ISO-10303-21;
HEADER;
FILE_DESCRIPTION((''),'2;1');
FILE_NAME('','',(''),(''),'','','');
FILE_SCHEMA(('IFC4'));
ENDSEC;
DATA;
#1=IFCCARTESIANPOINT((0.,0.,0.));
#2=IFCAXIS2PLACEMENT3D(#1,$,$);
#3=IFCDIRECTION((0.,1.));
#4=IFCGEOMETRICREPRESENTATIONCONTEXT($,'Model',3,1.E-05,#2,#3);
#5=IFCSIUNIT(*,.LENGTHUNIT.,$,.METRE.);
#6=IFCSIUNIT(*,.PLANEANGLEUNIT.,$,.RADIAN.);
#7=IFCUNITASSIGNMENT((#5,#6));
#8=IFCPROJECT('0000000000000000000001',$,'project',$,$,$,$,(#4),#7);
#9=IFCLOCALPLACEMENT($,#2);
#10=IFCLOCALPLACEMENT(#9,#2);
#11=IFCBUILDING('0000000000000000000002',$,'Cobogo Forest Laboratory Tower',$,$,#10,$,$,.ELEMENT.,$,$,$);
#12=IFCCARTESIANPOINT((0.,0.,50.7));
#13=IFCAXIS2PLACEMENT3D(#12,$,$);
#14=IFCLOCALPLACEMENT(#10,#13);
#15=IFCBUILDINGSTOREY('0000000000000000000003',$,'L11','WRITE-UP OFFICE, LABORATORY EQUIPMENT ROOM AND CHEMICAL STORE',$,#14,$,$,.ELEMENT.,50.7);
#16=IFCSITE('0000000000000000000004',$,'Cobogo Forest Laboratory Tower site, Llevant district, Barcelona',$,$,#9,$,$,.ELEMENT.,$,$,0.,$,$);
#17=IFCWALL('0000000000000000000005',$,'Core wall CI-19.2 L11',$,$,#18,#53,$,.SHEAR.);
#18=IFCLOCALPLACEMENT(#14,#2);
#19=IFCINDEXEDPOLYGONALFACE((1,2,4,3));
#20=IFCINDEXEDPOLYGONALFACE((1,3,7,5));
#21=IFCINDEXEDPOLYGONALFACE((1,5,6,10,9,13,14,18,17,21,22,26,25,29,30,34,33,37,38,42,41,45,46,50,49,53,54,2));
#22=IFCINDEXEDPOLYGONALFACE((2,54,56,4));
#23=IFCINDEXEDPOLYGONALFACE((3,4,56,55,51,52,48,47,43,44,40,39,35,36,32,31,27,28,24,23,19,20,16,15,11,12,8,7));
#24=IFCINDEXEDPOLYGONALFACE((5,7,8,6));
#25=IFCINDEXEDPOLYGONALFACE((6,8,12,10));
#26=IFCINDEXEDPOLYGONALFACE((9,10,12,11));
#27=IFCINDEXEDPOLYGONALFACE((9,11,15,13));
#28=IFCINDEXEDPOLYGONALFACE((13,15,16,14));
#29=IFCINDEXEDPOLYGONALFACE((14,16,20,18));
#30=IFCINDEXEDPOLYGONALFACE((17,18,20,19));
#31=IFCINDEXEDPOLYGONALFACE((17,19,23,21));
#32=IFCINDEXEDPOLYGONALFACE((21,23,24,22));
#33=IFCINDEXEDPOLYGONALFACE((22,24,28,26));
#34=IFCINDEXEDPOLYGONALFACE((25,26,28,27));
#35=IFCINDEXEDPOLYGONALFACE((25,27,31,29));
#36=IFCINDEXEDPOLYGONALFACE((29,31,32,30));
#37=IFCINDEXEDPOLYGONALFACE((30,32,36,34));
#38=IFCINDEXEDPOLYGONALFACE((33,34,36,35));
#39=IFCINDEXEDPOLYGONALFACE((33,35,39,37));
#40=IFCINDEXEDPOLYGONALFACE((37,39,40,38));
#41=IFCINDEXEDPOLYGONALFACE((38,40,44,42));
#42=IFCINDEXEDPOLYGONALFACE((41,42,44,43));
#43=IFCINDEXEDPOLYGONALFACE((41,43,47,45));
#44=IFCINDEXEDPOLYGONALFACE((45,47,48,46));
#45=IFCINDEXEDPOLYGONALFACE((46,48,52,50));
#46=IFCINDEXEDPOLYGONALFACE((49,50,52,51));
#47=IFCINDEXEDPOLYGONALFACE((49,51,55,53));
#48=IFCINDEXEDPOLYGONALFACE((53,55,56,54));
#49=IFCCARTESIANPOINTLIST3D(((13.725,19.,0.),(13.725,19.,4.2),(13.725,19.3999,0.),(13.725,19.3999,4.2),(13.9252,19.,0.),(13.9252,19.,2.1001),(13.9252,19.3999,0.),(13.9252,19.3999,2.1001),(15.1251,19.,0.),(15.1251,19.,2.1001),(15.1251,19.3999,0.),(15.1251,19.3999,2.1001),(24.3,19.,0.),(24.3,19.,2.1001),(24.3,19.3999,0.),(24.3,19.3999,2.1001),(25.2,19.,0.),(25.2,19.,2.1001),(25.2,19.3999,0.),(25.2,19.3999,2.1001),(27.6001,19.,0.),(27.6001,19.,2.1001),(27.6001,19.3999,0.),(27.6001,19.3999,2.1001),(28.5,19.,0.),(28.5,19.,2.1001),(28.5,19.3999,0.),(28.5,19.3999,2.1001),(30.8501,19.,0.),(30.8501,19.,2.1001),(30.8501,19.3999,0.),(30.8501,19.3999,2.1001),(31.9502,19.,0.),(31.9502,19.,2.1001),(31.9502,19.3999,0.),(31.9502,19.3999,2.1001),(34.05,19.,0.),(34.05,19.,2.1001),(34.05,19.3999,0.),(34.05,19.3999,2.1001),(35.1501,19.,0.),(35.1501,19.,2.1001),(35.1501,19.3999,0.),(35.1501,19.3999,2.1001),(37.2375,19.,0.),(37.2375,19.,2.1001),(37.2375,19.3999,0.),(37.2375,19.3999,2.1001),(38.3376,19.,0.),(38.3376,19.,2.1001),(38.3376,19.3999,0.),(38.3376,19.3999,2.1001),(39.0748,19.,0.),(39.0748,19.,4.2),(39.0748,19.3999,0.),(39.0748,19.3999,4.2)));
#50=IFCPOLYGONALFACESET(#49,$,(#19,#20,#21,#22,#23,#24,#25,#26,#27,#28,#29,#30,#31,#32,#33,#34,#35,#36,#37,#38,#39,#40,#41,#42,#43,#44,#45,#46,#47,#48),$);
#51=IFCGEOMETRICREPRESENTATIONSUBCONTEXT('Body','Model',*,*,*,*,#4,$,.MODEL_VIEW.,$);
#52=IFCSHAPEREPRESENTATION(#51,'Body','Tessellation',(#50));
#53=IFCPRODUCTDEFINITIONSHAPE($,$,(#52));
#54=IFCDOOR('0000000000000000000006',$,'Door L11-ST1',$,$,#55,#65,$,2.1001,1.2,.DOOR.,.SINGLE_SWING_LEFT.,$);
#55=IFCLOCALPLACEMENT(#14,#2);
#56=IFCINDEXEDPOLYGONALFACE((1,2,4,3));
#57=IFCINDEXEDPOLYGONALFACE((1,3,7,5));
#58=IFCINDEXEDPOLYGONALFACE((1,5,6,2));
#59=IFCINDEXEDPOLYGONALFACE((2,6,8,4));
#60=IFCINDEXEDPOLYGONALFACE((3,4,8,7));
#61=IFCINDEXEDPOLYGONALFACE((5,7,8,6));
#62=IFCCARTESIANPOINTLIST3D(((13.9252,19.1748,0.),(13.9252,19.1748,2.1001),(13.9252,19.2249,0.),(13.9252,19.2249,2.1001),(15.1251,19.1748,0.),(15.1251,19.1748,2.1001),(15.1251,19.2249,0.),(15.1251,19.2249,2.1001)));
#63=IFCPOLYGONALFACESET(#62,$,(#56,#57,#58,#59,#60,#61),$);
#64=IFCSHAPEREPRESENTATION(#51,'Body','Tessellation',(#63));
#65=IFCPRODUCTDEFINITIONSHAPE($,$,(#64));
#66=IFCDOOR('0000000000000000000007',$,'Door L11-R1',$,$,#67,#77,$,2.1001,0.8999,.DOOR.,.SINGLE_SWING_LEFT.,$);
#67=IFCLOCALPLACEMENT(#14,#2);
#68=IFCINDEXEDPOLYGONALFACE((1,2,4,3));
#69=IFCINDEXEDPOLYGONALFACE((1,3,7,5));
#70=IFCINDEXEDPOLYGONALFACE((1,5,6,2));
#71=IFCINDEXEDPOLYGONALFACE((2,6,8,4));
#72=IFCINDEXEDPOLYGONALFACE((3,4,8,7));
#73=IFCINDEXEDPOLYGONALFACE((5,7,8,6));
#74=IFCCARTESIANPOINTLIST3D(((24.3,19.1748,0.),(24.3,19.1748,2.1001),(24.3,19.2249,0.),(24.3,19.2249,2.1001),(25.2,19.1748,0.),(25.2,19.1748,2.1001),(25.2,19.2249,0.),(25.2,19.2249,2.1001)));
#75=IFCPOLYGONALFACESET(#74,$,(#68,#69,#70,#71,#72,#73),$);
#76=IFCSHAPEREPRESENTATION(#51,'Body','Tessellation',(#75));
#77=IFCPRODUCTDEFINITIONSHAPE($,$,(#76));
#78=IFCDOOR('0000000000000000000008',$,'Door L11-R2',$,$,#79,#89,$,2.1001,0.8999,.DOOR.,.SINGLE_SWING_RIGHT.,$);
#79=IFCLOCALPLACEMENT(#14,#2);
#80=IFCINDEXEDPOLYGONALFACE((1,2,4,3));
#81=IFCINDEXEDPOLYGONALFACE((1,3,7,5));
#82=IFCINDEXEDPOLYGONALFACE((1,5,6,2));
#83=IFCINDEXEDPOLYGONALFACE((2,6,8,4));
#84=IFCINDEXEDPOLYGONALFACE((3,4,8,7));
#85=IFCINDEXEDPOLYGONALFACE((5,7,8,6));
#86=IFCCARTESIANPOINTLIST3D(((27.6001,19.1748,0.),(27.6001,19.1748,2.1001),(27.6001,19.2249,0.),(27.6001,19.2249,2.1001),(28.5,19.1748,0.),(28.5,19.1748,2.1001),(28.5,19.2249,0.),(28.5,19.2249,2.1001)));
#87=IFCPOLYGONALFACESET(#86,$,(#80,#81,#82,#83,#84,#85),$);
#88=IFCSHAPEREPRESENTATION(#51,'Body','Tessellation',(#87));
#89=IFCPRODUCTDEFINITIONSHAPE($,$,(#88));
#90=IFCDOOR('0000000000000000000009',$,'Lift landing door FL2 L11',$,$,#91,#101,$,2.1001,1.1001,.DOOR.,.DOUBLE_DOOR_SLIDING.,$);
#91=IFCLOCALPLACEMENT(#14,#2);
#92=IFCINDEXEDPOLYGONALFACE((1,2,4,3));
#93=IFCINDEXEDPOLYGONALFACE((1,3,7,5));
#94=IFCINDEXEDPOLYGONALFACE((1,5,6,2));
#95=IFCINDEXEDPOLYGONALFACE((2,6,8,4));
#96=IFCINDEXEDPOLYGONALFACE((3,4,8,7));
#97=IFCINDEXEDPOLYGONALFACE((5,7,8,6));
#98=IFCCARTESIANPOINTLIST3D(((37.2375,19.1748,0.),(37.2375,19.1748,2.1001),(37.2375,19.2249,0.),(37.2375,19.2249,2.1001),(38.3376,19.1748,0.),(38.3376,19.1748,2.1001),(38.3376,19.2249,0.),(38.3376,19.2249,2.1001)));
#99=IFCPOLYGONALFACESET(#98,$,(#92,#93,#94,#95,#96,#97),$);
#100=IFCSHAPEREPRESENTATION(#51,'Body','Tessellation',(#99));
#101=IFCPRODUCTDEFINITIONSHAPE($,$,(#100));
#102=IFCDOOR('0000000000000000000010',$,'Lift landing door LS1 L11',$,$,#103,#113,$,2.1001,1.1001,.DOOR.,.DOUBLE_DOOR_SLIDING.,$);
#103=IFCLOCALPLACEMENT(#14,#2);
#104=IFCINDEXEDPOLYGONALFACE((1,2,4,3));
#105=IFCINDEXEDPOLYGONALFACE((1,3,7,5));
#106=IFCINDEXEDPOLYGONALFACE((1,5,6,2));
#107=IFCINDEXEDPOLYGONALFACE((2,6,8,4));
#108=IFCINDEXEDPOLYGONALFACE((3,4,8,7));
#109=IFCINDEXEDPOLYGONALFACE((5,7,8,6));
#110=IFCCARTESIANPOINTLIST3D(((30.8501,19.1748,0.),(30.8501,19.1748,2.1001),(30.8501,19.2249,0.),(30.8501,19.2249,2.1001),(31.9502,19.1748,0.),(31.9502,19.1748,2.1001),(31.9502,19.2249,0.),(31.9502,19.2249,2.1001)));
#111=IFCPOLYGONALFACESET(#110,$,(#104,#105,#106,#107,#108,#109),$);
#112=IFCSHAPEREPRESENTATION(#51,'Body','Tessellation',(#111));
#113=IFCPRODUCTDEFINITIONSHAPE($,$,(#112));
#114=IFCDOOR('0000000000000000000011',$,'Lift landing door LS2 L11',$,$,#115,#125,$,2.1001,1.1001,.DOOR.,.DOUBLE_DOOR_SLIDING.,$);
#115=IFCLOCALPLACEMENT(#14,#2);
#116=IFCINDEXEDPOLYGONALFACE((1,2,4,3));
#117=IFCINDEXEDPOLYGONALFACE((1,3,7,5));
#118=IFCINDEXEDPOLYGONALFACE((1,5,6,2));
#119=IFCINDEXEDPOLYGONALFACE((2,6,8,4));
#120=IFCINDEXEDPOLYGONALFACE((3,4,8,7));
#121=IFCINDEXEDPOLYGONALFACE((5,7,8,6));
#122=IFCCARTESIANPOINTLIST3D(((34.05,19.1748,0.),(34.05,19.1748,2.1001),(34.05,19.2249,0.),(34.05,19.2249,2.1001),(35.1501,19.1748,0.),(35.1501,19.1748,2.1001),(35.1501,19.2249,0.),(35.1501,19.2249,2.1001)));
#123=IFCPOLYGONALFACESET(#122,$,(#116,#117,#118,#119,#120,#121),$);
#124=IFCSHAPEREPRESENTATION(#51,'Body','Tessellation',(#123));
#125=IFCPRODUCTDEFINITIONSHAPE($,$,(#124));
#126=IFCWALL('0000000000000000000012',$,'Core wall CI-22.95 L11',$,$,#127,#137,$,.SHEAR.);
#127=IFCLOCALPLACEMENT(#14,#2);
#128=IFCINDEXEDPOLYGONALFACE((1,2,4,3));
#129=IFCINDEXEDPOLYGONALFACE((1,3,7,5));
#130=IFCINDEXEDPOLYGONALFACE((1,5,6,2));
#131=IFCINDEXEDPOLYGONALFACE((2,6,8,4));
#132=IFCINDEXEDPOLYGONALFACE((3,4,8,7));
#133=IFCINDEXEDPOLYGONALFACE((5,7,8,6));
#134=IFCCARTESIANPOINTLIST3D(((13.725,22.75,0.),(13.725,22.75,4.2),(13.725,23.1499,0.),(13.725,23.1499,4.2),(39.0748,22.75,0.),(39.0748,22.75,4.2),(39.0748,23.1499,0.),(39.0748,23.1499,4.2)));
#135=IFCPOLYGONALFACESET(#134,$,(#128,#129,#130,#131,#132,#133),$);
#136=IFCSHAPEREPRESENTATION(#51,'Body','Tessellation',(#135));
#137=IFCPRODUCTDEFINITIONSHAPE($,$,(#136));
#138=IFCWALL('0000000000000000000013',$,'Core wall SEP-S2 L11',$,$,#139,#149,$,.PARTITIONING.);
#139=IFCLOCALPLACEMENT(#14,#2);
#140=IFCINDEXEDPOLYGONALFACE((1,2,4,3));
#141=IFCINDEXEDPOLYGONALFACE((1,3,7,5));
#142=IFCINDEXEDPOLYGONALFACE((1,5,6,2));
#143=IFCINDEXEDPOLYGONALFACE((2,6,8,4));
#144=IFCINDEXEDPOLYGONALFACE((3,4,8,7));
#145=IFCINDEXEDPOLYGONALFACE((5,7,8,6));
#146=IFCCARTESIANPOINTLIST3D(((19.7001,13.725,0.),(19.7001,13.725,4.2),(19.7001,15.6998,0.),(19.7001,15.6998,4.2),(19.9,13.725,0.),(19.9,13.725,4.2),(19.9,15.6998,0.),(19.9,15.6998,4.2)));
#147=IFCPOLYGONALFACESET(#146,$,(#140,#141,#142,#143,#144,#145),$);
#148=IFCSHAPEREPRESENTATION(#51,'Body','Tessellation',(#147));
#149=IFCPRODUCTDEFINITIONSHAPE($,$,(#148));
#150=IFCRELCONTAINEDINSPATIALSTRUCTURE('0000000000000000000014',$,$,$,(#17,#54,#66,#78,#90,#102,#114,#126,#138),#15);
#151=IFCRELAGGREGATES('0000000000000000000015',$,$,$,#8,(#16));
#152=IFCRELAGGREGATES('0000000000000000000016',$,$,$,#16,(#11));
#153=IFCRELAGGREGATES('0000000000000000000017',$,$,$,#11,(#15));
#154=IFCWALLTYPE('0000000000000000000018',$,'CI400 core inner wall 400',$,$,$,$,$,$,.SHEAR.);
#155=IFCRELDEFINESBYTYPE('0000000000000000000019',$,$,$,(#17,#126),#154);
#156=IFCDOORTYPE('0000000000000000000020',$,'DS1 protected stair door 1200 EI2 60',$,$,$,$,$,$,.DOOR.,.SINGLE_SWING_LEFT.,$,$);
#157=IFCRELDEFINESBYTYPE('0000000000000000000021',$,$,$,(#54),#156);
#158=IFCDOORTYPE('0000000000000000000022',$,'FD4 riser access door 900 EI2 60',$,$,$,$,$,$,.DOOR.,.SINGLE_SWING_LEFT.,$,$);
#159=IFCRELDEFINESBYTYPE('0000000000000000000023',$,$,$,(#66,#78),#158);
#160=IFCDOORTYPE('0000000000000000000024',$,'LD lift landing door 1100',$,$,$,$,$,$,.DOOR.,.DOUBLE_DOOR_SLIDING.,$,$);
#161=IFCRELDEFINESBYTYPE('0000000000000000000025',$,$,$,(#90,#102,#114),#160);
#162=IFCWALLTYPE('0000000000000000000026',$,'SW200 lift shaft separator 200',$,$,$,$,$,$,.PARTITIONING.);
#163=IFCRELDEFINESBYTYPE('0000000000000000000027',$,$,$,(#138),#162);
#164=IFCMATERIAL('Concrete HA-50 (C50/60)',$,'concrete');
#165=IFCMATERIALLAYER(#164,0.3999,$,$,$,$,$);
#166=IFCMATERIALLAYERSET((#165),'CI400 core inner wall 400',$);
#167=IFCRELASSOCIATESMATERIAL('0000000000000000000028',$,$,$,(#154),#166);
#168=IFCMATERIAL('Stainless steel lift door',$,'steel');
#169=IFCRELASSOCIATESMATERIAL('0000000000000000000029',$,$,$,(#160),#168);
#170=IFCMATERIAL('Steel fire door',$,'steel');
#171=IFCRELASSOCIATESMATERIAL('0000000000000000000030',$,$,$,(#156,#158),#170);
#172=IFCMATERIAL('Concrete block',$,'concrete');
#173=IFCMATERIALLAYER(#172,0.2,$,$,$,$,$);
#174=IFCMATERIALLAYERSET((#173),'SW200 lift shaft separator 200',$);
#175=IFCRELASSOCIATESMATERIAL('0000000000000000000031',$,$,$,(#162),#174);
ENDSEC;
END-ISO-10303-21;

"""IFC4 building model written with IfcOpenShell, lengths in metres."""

from ifc_helpers import new_model, si_unit, direction, frame, frame_2d, origin, place, context, subcontext, project, spatial, rectangle, extrude, material, layer, layer_set, type_object, element, fill, save


model = new_model("IFC4")

# Units and contexts
model_context = context("Model", 3, precision=1e-05, world=origin(), true_north=direction((0.0, 1.0)))
body_context = subcontext(model_context, "Body", "Model", "MODEL_VIEW")
ifc_project = project(units=[si_unit("LENGTHUNIT", "METRE"), si_unit("PLANEANGLEUNIT", "RADIAN")], contexts=[model_context])

# Site, building, storey
site_placement = place(None, origin())
site = spatial("IfcSite", under=ifc_project, at=site_placement, Name="Cobogo Forest Laboratory Tower site, Llevant district, Barcelona", CompositionType="ELEMENT", RefElevation=0.0)
building_placement = place(site_placement, origin())
building = spatial("IfcBuilding", under=site, at=building_placement, Name="Cobogo Forest Laboratory Tower", CompositionType="ELEMENT")
storey_placement = place(building_placement, frame((0.0, 0.0, 50.7)))
storey = spatial("IfcBuildingStorey", under=building, at=storey_placement, Name="L11", Description="WRITE-UP OFFICE, LABORATORY EQUIPMENT ROOM AND CHEMICAL STORE", CompositionType="ELEMENT", Elevation=50.7)

# Wall, openings, doors
ifc_material_1 = material(Name="Concrete HA-50 (C50/60)", Category="concrete")
ifc_layer_1 = layer(ifc_material_1, 0.3999)
ifc_layer_set_1 = layer_set([ifc_layer_1], Name="CI400 core inner wall 400")
wall_type_1 = type_object("IfcWallType", Name="CI400 core inner wall 400", PredefinedType="SHEAR", material=ifc_layer_set_1)
ifc_material_2 = material(Name="Stainless steel lift door", Category="steel")
door_type_1 = type_object("IfcDoorType", Name="LD lift landing door 1100", OperationType="DOUBLE_DOOR_SLIDING", PredefinedType="DOOR", material=ifc_material_2)
wall_1_placement = place(storey_placement, frame((13.7251, 19.2, 0.0), z_axis=(0.0, 0.0, 1.0), x_axis=(1.0, 0.0, 0.0)))
wall_1 = element("IfcWall", 1, at=wall_1_placement, inside=storey, type_object=wall_type_1, Name="Core wall CI-19.2 L11", PredefinedType="SHEAR", context=body_context, shape_type="SweptSolid", body=[
    extrude(rectangle(XDim=25.3499, YDim=0.3999, at=frame_2d((12.6748, 0.0))), origin(), (0.0, 0.0, 1.0), 4.2),
])
opening_1_placement = place(wall_1_placement, frame((10.575, 0.0, 0.0)))
opening_1 = element("IfcOpeningElement", 2, at=opening_1_placement, cuts=wall_1, PredefinedType="OPENING", context=body_context, shape_type="SweptSolid", body=[
    extrude(rectangle(XDim=0.8999, YDim=2.1001, at=frame_2d((0.45, 1.05))), frame((0.0, 0.21, 0.0), z_axis=(0.0, -1.0, 0.0), x_axis=(1.0, 0.0, 0.0)), (0.0, 0.0, 1.0), 0.4199),
])
opening_2_placement = place(wall_1_placement, frame((13.875, 0.0, 0.0)))
opening_2 = element("IfcOpeningElement", 3, at=opening_2_placement, cuts=wall_1, PredefinedType="OPENING", context=body_context, shape_type="SweptSolid", body=[
    extrude(rectangle(XDim=0.8999, YDim=2.1001, at=frame_2d((0.45, 1.05))), frame((0.0, 0.21, 0.0), z_axis=(0.0, -1.0, 0.0), x_axis=(1.0, 0.0, 0.0)), (0.0, 0.0, 1.0), 0.4199),
])
opening_3_placement = place(wall_1_placement, frame((0.2, 0.0, 0.0)))
opening_3 = element("IfcOpeningElement", 4, at=opening_3_placement, cuts=wall_1, PredefinedType="OPENING", context=body_context, shape_type="SweptSolid", body=[
    extrude(rectangle(XDim=1.2, YDim=2.1001, at=frame_2d((0.6001, 1.05))), frame((0.0, 0.21, 0.0), z_axis=(0.0, -1.0, 0.0), x_axis=(1.0, 0.0, 0.0)), (0.0, 0.0, 1.0), 0.4199),
])
opening_4_placement = place(wall_1_placement, frame((23.5125, 0.0, 0.0)))
opening_4 = element("IfcOpeningElement", 5, at=opening_4_placement, cuts=wall_1, PredefinedType="OPENING", context=body_context, shape_type="SweptSolid", body=[
    extrude(rectangle(XDim=1.1001, YDim=2.1001, at=frame_2d((0.55, 1.05))), frame((0.0, 0.21, 0.0), z_axis=(0.0, -1.0, 0.0), x_axis=(1.0, 0.0, 0.0)), (0.0, 0.0, 1.0), 0.4199),
])
opening_5_placement = place(wall_1_placement, frame((17.125, 0.0, 0.0)))
opening_5 = element("IfcOpeningElement", 6, at=opening_5_placement, cuts=wall_1, PredefinedType="OPENING", context=body_context, shape_type="SweptSolid", body=[
    extrude(rectangle(XDim=1.1001, YDim=2.1001, at=frame_2d((0.55, 1.05))), frame((0.0, 0.21, 0.0), z_axis=(0.0, -1.0, 0.0), x_axis=(1.0, 0.0, 0.0)), (0.0, 0.0, 1.0), 0.4199),
])
opening_6_placement = place(wall_1_placement, frame((20.325, 0.0, 0.0)))
opening_6 = element("IfcOpeningElement", 7, at=opening_6_placement, cuts=wall_1, PredefinedType="OPENING", context=body_context, shape_type="SweptSolid", body=[
    extrude(rectangle(XDim=1.1001, YDim=2.1001, at=frame_2d((0.55, 1.05))), frame((0.0, 0.21, 0.0), z_axis=(0.0, -1.0, 0.0), x_axis=(1.0, 0.0, 0.0)), (0.0, 0.0, 1.0), 0.4199),
])
ifc_material_3 = material(Name="Steel fire door", Category="steel")
door_type_2 = type_object("IfcDoorType", Name="DS1 protected stair door 1200 EI2 60", OperationType="SINGLE_SWING_LEFT", PredefinedType="DOOR", material=ifc_material_3)
door_1_placement = place(opening_3_placement, origin())
door_1 = element("IfcDoor", 8, at=door_1_placement, inside=storey, type_object=door_type_2, Name="Door L11-ST1", OperationType="SINGLE_SWING_LEFT", OverallHeight=2.1001, OverallWidth=1.2, PredefinedType="DOOR", context=body_context, shape_type="SweptSolid", body=[
    extrude(rectangle(XDim=1.2, YDim=2.1001, at=frame_2d((0.6001, 1.05))), frame((0.0, 0.0249, 0.0), z_axis=(0.0, -1.0, 0.0), x_axis=(1.0, 0.0, 0.0)), (0.0, 0.0, 1.0), 0.05),
])
fill(opening_3, door_1)
door_type_3 = type_object("IfcDoorType", Name="FD4 riser access door 900 EI2 60", OperationType="SINGLE_SWING_LEFT", PredefinedType="DOOR", material=ifc_material_3)
door_2_placement = place(opening_1_placement, origin())
door_2 = element("IfcDoor", 9, at=door_2_placement, inside=storey, type_object=door_type_3, Name="Door L11-R1", OperationType="SINGLE_SWING_LEFT", OverallHeight=2.1001, OverallWidth=0.8999, PredefinedType="DOOR", context=body_context, shape_type="SweptSolid", body=[
    extrude(rectangle(XDim=0.8999, YDim=2.1001, at=frame_2d((0.45, 1.05))), frame((0.0, 0.0249, 0.0), z_axis=(0.0, -1.0, 0.0), x_axis=(1.0, 0.0, 0.0)), (0.0, 0.0, 1.0), 0.05),
])
fill(opening_1, door_2)
door_3_placement = place(opening_2_placement, origin())
door_3 = element("IfcDoor", 10, at=door_3_placement, inside=storey, type_object=door_type_3, Name="Door L11-R2", OperationType="SINGLE_SWING_RIGHT", OverallHeight=2.1001, OverallWidth=0.8999, PredefinedType="DOOR", context=body_context, shape_type="SweptSolid", body=[
    extrude(rectangle(XDim=0.8999, YDim=2.1001, at=frame_2d((0.45, 1.05))), frame((0.0, 0.0249, 0.0), z_axis=(0.0, -1.0, 0.0), x_axis=(1.0, 0.0, 0.0)), (0.0, 0.0, 1.0), 0.05),
])
fill(opening_2, door_3)
door_4_placement = place(opening_4_placement, origin())
door_4 = element("IfcDoor", 11, at=door_4_placement, inside=storey, type_object=door_type_1, Name="Lift landing door FL2 L11", OperationType="DOUBLE_DOOR_SLIDING", OverallHeight=2.1001, OverallWidth=1.1001, PredefinedType="DOOR", context=body_context, shape_type="SweptSolid", body=[
    extrude(rectangle(XDim=1.1001, YDim=2.1001, at=frame_2d((0.55, 1.05))), frame((0.0, 0.0249, 0.0), z_axis=(0.0, -1.0, 0.0), x_axis=(1.0, 0.0, 0.0)), (0.0, 0.0, 1.0), 0.05),
])
fill(opening_4, door_4)
door_5_placement = place(opening_5_placement, origin())
door_5 = element("IfcDoor", 12, at=door_5_placement, inside=storey, type_object=door_type_1, Name="Lift landing door LS1 L11", OperationType="DOUBLE_DOOR_SLIDING", OverallHeight=2.1001, OverallWidth=1.1001, PredefinedType="DOOR", context=body_context, shape_type="SweptSolid", body=[
    extrude(rectangle(XDim=1.1001, YDim=2.1001, at=frame_2d((0.55, 1.05))), frame((0.0, 0.0249, 0.0), z_axis=(0.0, -1.0, 0.0), x_axis=(1.0, 0.0, 0.0)), (0.0, 0.0, 1.0), 0.05),
])
fill(opening_5, door_5)
door_6_placement = place(opening_6_placement, origin())
door_6 = element("IfcDoor", 13, at=door_6_placement, inside=storey, type_object=door_type_1, Name="Lift landing door LS2 L11", OperationType="DOUBLE_DOOR_SLIDING", OverallHeight=2.1001, OverallWidth=1.1001, PredefinedType="DOOR", context=body_context, shape_type="SweptSolid", body=[
    extrude(rectangle(XDim=1.1001, YDim=2.1001, at=frame_2d((0.55, 1.05))), frame((0.0, 0.0249, 0.0), z_axis=(0.0, -1.0, 0.0), x_axis=(1.0, 0.0, 0.0)), (0.0, 0.0, 1.0), 0.05),
])
fill(opening_6, door_6)

# Walls
wall_2_placement = place(storey_placement, frame((13.7251, 22.95, 0.0), z_axis=(0.0, 0.0, 1.0), x_axis=(1.0, 0.0, 0.0)))
element("IfcWall", 14, at=wall_2_placement, inside=storey, type_object=wall_type_1, Name="Core wall CI-22.95 L11", PredefinedType="SHEAR", context=body_context, shape_type="SweptSolid", body=[
    extrude(rectangle(XDim=25.3499, YDim=0.3999, at=frame_2d((12.6748, 0.0))), origin(), (0.0, 0.0, 1.0), 4.2),
])
ifc_material_4 = material(Name="Concrete block", Category="concrete")
ifc_layer_2 = layer(ifc_material_4, 0.2)
ifc_layer_set_2 = layer_set([ifc_layer_2], Name="SW200 lift shaft separator 200")
wall_type_2 = type_object("IfcWallType", Name="SW200 lift shaft separator 200", PredefinedType="PARTITIONING", material=ifc_layer_set_2)
wall_3_placement = place(storey_placement, frame((19.8, 13.7251, 0.0), z_axis=(0.0, 0.0, 1.0), x_axis=(0.0, 1.0, 0.0)))
element("IfcWall", 15, at=wall_3_placement, inside=storey, type_object=wall_type_2, Name="Core wall SEP-S2 L11", PredefinedType="PARTITIONING", context=body_context, shape_type="SweptSolid", body=[
    extrude(rectangle(XDim=1.9749, YDim=0.2, at=frame_2d((0.9873, 0.0))), origin(), (0.0, 0.0, 1.0), 4.2),
])

save(model, "model.ifc")
